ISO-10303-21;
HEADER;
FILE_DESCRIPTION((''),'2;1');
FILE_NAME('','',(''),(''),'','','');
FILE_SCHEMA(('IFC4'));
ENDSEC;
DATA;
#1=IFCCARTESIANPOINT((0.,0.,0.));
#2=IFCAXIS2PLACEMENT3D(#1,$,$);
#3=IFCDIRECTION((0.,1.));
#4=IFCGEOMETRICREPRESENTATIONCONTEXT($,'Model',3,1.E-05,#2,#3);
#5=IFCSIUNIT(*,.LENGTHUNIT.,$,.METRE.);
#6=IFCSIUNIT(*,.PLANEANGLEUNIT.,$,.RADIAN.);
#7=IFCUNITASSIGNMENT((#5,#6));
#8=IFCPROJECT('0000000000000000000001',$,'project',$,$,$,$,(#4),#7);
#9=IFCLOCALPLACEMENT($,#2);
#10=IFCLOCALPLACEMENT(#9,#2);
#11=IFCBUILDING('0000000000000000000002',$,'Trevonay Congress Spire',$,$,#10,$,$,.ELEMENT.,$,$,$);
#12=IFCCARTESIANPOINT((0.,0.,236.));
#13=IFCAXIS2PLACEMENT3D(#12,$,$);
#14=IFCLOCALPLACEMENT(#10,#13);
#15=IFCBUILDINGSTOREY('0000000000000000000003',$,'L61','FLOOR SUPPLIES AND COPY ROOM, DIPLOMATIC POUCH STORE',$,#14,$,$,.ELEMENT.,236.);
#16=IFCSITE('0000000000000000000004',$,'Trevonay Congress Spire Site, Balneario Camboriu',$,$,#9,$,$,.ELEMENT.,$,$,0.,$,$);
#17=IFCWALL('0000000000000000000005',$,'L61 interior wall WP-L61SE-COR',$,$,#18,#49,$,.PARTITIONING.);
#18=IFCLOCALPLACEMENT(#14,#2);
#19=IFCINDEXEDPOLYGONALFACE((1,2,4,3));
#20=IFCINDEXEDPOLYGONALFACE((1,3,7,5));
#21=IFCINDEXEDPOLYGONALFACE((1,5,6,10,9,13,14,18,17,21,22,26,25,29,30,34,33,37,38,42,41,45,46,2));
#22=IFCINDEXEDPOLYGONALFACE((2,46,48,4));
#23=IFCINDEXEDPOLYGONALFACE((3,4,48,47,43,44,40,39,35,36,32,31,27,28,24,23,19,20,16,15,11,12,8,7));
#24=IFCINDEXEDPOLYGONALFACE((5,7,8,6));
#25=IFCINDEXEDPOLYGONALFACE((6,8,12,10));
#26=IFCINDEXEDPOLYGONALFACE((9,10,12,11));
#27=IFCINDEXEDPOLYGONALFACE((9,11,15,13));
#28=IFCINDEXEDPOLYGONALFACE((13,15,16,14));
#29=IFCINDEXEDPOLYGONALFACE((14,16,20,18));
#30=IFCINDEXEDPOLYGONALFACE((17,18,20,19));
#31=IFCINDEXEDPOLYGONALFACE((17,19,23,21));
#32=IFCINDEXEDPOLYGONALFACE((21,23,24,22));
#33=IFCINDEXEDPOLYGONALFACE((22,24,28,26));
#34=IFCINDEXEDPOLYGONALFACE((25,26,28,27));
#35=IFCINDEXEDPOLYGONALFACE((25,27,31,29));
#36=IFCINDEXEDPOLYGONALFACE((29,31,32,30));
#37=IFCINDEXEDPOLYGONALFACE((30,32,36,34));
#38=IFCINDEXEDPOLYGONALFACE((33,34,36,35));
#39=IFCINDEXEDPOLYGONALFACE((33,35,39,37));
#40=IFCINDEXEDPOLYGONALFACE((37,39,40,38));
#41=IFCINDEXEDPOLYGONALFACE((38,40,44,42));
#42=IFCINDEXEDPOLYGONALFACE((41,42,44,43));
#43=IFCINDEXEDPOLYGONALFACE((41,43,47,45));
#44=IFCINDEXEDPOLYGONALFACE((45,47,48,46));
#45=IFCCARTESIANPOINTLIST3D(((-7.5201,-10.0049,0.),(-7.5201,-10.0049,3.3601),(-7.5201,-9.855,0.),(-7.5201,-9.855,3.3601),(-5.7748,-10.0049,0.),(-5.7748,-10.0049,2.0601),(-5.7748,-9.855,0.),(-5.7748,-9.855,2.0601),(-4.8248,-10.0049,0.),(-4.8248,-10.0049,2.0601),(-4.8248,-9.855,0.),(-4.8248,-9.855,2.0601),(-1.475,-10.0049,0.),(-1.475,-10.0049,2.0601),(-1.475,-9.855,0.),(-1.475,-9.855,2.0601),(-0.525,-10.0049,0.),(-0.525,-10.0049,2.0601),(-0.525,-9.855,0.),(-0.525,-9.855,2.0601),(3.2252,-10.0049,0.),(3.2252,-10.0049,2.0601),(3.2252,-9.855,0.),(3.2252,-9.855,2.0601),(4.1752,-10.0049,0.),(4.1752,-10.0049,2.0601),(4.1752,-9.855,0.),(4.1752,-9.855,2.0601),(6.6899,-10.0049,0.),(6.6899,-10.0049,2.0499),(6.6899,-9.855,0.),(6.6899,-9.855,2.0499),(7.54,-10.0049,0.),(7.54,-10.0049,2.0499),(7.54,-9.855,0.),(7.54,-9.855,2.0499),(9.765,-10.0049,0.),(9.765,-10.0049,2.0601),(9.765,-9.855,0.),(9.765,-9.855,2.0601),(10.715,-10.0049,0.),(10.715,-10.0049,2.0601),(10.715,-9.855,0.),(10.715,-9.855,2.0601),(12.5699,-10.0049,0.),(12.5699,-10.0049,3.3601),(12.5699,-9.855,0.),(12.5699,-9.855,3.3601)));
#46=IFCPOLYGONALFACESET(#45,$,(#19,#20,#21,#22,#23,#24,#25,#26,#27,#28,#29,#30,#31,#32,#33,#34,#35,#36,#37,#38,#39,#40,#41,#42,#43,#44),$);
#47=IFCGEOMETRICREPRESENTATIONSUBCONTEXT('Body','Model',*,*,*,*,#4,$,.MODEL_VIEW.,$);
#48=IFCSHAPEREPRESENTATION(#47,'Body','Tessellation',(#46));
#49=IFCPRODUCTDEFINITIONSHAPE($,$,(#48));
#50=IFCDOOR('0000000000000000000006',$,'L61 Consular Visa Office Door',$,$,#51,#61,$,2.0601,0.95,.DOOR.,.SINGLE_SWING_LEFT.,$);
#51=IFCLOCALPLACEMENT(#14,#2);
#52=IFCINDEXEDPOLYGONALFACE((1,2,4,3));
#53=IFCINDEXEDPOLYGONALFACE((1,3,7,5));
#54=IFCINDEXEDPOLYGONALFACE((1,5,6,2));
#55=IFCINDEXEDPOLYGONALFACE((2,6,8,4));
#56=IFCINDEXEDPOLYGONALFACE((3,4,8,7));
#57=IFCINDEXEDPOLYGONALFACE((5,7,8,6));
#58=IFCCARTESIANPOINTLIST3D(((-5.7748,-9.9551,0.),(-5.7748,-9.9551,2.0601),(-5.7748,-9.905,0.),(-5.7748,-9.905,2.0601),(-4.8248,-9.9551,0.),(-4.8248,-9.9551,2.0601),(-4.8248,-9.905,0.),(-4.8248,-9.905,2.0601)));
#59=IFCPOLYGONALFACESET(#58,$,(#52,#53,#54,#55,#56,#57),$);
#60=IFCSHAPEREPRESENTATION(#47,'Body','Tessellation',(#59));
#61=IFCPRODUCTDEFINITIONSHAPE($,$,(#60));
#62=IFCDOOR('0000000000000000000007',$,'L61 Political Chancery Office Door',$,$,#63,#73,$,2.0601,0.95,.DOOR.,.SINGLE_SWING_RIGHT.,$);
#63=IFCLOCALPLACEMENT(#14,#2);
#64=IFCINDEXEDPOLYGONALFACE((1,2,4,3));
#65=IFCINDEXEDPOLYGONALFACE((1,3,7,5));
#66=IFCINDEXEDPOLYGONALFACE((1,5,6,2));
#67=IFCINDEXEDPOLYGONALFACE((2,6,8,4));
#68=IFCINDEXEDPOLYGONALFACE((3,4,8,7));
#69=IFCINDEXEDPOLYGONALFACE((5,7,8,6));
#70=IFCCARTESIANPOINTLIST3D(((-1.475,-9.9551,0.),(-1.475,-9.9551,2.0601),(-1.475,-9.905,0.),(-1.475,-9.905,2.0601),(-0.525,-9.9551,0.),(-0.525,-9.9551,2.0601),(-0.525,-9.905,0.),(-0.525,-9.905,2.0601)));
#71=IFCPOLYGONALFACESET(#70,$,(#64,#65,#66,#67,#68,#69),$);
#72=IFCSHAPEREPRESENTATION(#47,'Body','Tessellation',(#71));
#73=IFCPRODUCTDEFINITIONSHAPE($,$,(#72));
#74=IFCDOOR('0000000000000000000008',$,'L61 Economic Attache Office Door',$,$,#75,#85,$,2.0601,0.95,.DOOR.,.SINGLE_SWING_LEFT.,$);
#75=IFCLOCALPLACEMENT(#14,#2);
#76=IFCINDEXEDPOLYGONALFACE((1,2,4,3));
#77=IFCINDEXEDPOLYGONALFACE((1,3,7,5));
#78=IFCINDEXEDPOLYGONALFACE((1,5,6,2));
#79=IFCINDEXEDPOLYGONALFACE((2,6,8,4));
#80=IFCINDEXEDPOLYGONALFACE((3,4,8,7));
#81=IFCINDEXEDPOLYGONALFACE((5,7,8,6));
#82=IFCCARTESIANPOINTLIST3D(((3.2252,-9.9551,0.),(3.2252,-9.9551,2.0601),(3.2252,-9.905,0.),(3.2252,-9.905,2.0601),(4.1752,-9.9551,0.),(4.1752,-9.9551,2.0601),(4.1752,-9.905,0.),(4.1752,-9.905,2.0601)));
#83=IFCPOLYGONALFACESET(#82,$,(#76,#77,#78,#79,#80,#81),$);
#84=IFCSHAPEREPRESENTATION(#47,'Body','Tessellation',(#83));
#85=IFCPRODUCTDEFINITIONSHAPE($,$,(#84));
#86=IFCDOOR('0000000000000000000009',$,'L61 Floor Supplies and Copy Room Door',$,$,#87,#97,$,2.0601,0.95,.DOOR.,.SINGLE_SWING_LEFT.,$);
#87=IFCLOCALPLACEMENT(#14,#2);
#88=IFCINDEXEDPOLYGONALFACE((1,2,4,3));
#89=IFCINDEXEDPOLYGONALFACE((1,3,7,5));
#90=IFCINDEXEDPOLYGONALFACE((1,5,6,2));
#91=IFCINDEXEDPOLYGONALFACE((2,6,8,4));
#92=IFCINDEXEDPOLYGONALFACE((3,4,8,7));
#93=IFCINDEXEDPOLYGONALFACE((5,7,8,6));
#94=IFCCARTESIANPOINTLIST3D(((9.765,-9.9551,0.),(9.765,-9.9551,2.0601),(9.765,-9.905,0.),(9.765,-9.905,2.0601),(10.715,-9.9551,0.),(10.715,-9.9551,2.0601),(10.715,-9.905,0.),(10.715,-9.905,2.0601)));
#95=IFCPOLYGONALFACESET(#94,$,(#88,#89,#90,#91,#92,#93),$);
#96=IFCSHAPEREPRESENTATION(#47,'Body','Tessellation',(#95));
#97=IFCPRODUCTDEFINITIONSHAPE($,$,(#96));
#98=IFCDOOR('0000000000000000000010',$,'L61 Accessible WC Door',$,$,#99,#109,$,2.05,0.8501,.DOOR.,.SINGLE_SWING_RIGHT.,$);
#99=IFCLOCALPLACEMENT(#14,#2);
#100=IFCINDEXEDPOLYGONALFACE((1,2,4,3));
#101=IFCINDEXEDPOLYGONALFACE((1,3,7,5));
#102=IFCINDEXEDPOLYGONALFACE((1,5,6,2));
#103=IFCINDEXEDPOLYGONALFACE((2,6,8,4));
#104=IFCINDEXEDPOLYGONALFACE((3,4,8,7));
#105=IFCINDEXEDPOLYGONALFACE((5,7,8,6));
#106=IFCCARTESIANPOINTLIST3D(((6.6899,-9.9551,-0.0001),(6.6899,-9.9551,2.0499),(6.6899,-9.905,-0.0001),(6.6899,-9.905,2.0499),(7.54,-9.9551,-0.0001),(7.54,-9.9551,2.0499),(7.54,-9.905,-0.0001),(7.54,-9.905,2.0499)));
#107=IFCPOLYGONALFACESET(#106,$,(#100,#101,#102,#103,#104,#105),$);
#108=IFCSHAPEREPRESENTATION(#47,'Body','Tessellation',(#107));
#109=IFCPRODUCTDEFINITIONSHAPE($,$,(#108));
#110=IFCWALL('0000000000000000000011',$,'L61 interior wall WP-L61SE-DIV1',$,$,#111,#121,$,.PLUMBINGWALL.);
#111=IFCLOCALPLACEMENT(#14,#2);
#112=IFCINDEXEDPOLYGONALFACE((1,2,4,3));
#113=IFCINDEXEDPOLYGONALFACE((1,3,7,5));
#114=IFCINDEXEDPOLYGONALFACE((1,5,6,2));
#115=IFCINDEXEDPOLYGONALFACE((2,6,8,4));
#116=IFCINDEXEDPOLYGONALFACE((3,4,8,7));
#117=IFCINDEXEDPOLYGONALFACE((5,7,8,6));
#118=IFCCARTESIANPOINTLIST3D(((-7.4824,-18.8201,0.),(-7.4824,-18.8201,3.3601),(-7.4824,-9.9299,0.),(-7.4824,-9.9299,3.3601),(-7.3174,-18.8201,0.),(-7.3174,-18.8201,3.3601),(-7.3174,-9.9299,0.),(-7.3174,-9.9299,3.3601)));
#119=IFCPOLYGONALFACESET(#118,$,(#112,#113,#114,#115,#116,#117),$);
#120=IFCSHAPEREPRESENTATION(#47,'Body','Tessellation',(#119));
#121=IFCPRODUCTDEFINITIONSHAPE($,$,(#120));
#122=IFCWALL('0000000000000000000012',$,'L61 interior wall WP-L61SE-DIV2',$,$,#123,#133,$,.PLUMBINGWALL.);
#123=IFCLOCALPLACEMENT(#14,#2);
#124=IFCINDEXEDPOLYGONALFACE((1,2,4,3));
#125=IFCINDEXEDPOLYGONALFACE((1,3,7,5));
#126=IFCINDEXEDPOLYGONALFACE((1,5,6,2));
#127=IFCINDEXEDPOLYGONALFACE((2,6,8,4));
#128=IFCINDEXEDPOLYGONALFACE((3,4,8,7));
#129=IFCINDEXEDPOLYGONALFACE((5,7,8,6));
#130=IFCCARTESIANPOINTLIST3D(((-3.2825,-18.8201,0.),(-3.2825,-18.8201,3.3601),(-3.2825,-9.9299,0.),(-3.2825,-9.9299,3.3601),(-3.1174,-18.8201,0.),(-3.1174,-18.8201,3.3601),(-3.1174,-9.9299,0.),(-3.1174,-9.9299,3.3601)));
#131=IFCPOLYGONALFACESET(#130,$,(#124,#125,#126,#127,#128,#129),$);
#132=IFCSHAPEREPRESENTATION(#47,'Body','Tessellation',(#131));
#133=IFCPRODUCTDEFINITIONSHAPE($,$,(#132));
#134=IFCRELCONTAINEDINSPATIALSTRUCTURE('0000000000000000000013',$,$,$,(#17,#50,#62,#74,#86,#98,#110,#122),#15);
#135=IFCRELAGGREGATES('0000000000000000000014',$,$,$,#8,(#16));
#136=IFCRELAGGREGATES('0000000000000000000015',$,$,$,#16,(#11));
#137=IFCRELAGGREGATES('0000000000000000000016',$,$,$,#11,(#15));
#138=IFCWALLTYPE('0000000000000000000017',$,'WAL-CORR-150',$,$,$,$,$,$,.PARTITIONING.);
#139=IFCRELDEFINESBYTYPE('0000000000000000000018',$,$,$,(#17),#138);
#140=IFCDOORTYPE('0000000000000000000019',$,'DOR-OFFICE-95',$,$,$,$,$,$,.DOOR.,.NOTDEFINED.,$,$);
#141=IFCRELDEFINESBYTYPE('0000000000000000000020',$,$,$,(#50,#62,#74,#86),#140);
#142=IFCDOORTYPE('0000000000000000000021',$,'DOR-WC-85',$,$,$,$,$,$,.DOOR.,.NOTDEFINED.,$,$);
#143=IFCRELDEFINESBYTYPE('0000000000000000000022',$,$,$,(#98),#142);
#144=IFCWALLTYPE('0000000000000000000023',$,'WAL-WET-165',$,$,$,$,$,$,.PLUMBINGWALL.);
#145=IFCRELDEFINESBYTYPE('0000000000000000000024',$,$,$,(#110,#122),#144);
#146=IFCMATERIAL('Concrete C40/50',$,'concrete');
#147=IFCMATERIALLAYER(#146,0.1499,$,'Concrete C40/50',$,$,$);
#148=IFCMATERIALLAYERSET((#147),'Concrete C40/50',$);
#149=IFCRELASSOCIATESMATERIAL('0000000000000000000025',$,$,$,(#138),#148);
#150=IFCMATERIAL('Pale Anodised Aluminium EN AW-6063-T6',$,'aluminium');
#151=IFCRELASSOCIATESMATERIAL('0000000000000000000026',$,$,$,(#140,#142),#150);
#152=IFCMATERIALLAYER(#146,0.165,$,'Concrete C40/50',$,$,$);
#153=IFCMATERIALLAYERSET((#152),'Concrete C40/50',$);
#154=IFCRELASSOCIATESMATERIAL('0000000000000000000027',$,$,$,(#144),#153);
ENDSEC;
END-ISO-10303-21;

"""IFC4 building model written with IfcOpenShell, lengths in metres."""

from ifc_helpers import new_model, si_unit, direction, frame, frame_2d, origin, place, context, subcontext, project, spatial, rectangle, extrude, material, layer, layer_set, type_object, element, fill, save


model = new_model("IFC4")

# Units and contexts
model_context = context("Model", 3, precision=1e-05, world=origin(), true_north=direction((0.0, 1.0)))
body_context = subcontext(model_context, "Body", "Model", "MODEL_VIEW")
ifc_project = project(units=[si_unit("LENGTHUNIT", "METRE"), si_unit("PLANEANGLEUNIT", "RADIAN")], contexts=[model_context])

# Site, building, storey
site_placement = place(None, origin())
site = spatial("IfcSite", under=ifc_project, at=site_placement, Name="Trevonay Congress Spire Site, Balneario Camboriu", CompositionType="ELEMENT", RefElevation=0.0)
building_placement = place(site_placement, origin())
building = spatial("IfcBuilding", under=site, at=building_placement, Name="Trevonay Congress Spire", CompositionType="ELEMENT")
storey_placement = place(building_placement, frame((0.0, 0.0, 236.0)))
storey = spatial("IfcBuildingStorey", under=building, at=storey_placement, Name="L61", Description="FLOOR SUPPLIES AND COPY ROOM, DIPLOMATIC POUCH STORE", CompositionType="ELEMENT", Elevation=236.0)

# Shared definitions
ifc_material_1 = material(Name="Pale Anodised Aluminium EN AW-6063-T6", Category="aluminium")

# Wall, openings, doors
ifc_material_2 = material(Name="Concrete C40/50", Category="concrete")
ifc_layer_1 = layer(ifc_material_2, 0.1499, Name="Concrete C40/50")
ifc_layer_set_1 = layer_set([ifc_layer_1], Name="Concrete C40/50")
wall_type_1 = type_object("IfcWallType", Name="WAL-CORR-150", PredefinedType="PARTITIONING", material=ifc_layer_set_1)
wall_placement = place(storey_placement, frame((-7.52, -9.9299, 0.0), z_axis=(0.0, 0.0, 1.0), x_axis=(1.0, 0.0, 0.0)))
wall = element("IfcWall", 1, at=wall_placement, inside=storey, type_object=wall_type_1, Name="L61 interior wall WP-L61SE-COR", PredefinedType="PARTITIONING", context=body_context, shape_type="SweptSolid", body=[
    extrude(rectangle(XDim=20.0901, YDim=0.1499, at=frame_2d((10.0449, 0.0))), origin(), (0.0, 0.0, 1.0), 3.3601),
])
opening_1_placement = place(wall_placement, frame((1.7451, 0.0, 0.0)))
opening_1 = element("IfcOpeningElement", 2, at=opening_1_placement, cuts=wall, PredefinedType="OPENING", context=body_context, shape_type="SweptSolid", body=[
    extrude(rectangle(XDim=0.95, YDim=2.0601, at=frame_2d((0.4751, 1.03))), frame((0.0, 0.085, 0.0), z_axis=(0.0, -1.0, 0.0), x_axis=(1.0, 0.0, 0.0)), (0.0, 0.0, 1.0), 0.1699),
])
opening_2_placement = place(wall_placement, frame((6.0449, 0.0, 0.0)))
opening_2 = element("IfcOpeningElement", 3, at=opening_2_placement, cuts=wall, PredefinedType="OPENING", context=body_context, shape_type="SweptSolid", body=[
    extrude(rectangle(XDim=0.95, YDim=2.0601, at=frame_2d((0.4751, 1.03))), frame((0.0, 0.085, 0.0), z_axis=(0.0, -1.0, 0.0), x_axis=(1.0, 0.0, 0.0)), (0.0, 0.0, 1.0), 0.1699),
])
opening_3_placement = place(wall_placement, frame((10.7451, 0.0, 0.0)))
opening_3 = element("IfcOpeningElement", 4, at=opening_3_placement, cuts=wall, PredefinedType="OPENING", context=body_context, shape_type="SweptSolid", body=[
    extrude(rectangle(XDim=0.95, YDim=2.0601, at=frame_2d((0.4751, 1.03))), frame((0.0, 0.085, 0.0), z_axis=(0.0, -1.0, 0.0), x_axis=(1.0, 0.0, 0.0)), (0.0, 0.0, 1.0), 0.1699),
])
opening_4_placement = place(wall_placement, frame((14.21, 0.0, 0.0)))
opening_4 = element("IfcOpeningElement", 5, at=opening_4_placement, cuts=wall, PredefinedType="OPENING", context=body_context, shape_type="SweptSolid", body=[
    extrude(rectangle(XDim=0.8501, YDim=2.05, at=frame_2d((0.425, 1.0249))), frame((0.0, 0.085, 0.0), z_axis=(0.0, -1.0, 0.0), x_axis=(1.0, 0.0, 0.0)), (0.0, 0.0, 1.0), 0.1699),
])
opening_5_placement = place(wall_placement, frame((17.2849, 0.0, 0.0)))
opening_5 = element("IfcOpeningElement", 6, at=opening_5_placement, cuts=wall, PredefinedType="OPENING", context=body_context, shape_type="SweptSolid", body=[
    extrude(rectangle(XDim=0.95, YDim=2.0601, at=frame_2d((0.4751, 1.03))), frame((0.0, 0.085, 0.0), z_axis=(0.0, -1.0, 0.0), x_axis=(1.0, 0.0, 0.0)), (0.0, 0.0, 1.0), 0.1699),
])
door_type_1 = type_object("IfcDoorType", Name="DOR-OFFICE-95", OperationType="NOTDEFINED", PredefinedType="DOOR", material=ifc_material_1)
door_1_placement = place(opening_1_placement, origin())
door_1 = element("IfcDoor", 7, at=door_1_placement, inside=storey, type_object=door_type_1, Name="L61 Consular Visa Office Door", OperationType="SINGLE_SWING_LEFT", OverallHeight=2.0601, OverallWidth=0.95, PredefinedType="DOOR", context=body_context, shape_type="SweptSolid", body=[
    extrude(rectangle(XDim=0.95, YDim=2.0601, at=frame_2d((0.4751, 1.03))), frame((0.0, 0.0249, 0.0), z_axis=(0.0, -1.0, 0.0), x_axis=(1.0, 0.0, 0.0)), (0.0, 0.0, 1.0), 0.05),
])
fill(opening_1, door_1)
door_2_placement = place(opening_2_placement, origin())
door_2 = element("IfcDoor", 8, at=door_2_placement, inside=storey, type_object=door_type_1, Name="L61 Political Chancery Office Door", OperationType="SINGLE_SWING_RIGHT", OverallHeight=2.0601, OverallWidth=0.95, PredefinedType="DOOR", context=body_context, shape_type="SweptSolid", body=[
    extrude(rectangle(XDim=0.95, YDim=2.0601, at=frame_2d((0.4751, 1.03))), frame((0.0, 0.0249, 0.0), z_axis=(0.0, -1.0, 0.0), x_axis=(1.0, 0.0, 0.0)), (0.0, 0.0, 1.0), 0.05),
])
fill(opening_2, door_2)
door_3_placement = place(opening_3_placement, origin())
door_3 = element("IfcDoor", 9, at=door_3_placement, inside=storey, type_object=door_type_1, Name="L61 Economic Attache Office Door", OperationType="SINGLE_SWING_LEFT", OverallHeight=2.0601, OverallWidth=0.95, PredefinedType="DOOR", context=body_context, shape_type="SweptSolid", body=[
    extrude(rectangle(XDim=0.95, YDim=2.0601, at=frame_2d((0.4751, 1.03))), frame((0.0, 0.0249, 0.0), z_axis=(0.0, -1.0, 0.0), x_axis=(1.0, 0.0, 0.0)), (0.0, 0.0, 1.0), 0.05),
])
fill(opening_3, door_3)
door_4_placement = place(opening_5_placement, origin())
door_4 = element("IfcDoor", 10, at=door_4_placement, inside=storey, type_object=door_type_1, Name="L61 Floor Supplies and Copy Room Door", OperationType="SINGLE_SWING_LEFT", OverallHeight=2.0601, OverallWidth=0.95, PredefinedType="DOOR", context=body_context, shape_type="SweptSolid", body=[
    extrude(rectangle(XDim=0.95, YDim=2.0601, at=frame_2d((0.4751, 1.03))), frame((0.0, 0.0249, 0.0), z_axis=(0.0, -1.0, 0.0), x_axis=(1.0, 0.0, 0.0)), (0.0, 0.0, 1.0), 0.05),
])
fill(opening_5, door_4)
door_type_2 = type_object("IfcDoorType", Name="DOR-WC-85", OperationType="NOTDEFINED", PredefinedType="DOOR", material=ifc_material_1)
door_5_placement = place(opening_4_placement, origin())
door_5 = element("IfcDoor", 11, at=door_5_placement, inside=storey, type_object=door_type_2, Name="L61 Accessible WC Door", OperationType="SINGLE_SWING_RIGHT", OverallHeight=2.05, OverallWidth=0.8501, PredefinedType="DOOR", context=body_context, shape_type="SweptSolid", body=[
    extrude(rectangle(XDim=0.8501, YDim=2.05, at=frame_2d((0.425, 1.0249))), frame((0.0, 0.0249, 0.0), z_axis=(0.0, -1.0, 0.0), x_axis=(1.0, 0.0, 0.0)), (0.0, 0.0, 1.0), 0.05),
])
fill(opening_4, door_5)

# Walls
ifc_layer_2 = layer(ifc_material_2, 0.165, Name="Concrete C40/50")
ifc_layer_set_2 = layer_set([ifc_layer_2], Name="Concrete C40/50")
wall_type_2 = type_object("IfcWallType", Name="WAL-WET-165", PredefinedType="PLUMBINGWALL", material=ifc_layer_set_2)
for number, where, z_axis, x_axis, name in (
    (12, (-7.3999, -18.8201, 0.0), (0.0, 0.0, 1.0), (0.0, 1.0, 0.0), "L61 interior wall WP-L61SE-DIV1"),
    (13, (-3.2, -18.8201, 0.0), (0.0, 0.0, 1.0), (0.0, 1.0, 0.0), "L61 interior wall WP-L61SE-DIV2"),
):
    element("IfcWall", number, at=place(storey_placement, frame(where, z_axis=z_axis, x_axis=x_axis)), inside=storey, type_object=wall_type_2, Name=name, PredefinedType="PLUMBINGWALL", context=body_context, shape_type="SweptSolid", body=[
        extrude(rectangle(XDim=8.8901, YDim=0.165, at=frame_2d((4.4451, 0.0))), origin(), (0.0, 0.0, 1.0), 3.3601),
    ])

save(model, "model.ifc")
